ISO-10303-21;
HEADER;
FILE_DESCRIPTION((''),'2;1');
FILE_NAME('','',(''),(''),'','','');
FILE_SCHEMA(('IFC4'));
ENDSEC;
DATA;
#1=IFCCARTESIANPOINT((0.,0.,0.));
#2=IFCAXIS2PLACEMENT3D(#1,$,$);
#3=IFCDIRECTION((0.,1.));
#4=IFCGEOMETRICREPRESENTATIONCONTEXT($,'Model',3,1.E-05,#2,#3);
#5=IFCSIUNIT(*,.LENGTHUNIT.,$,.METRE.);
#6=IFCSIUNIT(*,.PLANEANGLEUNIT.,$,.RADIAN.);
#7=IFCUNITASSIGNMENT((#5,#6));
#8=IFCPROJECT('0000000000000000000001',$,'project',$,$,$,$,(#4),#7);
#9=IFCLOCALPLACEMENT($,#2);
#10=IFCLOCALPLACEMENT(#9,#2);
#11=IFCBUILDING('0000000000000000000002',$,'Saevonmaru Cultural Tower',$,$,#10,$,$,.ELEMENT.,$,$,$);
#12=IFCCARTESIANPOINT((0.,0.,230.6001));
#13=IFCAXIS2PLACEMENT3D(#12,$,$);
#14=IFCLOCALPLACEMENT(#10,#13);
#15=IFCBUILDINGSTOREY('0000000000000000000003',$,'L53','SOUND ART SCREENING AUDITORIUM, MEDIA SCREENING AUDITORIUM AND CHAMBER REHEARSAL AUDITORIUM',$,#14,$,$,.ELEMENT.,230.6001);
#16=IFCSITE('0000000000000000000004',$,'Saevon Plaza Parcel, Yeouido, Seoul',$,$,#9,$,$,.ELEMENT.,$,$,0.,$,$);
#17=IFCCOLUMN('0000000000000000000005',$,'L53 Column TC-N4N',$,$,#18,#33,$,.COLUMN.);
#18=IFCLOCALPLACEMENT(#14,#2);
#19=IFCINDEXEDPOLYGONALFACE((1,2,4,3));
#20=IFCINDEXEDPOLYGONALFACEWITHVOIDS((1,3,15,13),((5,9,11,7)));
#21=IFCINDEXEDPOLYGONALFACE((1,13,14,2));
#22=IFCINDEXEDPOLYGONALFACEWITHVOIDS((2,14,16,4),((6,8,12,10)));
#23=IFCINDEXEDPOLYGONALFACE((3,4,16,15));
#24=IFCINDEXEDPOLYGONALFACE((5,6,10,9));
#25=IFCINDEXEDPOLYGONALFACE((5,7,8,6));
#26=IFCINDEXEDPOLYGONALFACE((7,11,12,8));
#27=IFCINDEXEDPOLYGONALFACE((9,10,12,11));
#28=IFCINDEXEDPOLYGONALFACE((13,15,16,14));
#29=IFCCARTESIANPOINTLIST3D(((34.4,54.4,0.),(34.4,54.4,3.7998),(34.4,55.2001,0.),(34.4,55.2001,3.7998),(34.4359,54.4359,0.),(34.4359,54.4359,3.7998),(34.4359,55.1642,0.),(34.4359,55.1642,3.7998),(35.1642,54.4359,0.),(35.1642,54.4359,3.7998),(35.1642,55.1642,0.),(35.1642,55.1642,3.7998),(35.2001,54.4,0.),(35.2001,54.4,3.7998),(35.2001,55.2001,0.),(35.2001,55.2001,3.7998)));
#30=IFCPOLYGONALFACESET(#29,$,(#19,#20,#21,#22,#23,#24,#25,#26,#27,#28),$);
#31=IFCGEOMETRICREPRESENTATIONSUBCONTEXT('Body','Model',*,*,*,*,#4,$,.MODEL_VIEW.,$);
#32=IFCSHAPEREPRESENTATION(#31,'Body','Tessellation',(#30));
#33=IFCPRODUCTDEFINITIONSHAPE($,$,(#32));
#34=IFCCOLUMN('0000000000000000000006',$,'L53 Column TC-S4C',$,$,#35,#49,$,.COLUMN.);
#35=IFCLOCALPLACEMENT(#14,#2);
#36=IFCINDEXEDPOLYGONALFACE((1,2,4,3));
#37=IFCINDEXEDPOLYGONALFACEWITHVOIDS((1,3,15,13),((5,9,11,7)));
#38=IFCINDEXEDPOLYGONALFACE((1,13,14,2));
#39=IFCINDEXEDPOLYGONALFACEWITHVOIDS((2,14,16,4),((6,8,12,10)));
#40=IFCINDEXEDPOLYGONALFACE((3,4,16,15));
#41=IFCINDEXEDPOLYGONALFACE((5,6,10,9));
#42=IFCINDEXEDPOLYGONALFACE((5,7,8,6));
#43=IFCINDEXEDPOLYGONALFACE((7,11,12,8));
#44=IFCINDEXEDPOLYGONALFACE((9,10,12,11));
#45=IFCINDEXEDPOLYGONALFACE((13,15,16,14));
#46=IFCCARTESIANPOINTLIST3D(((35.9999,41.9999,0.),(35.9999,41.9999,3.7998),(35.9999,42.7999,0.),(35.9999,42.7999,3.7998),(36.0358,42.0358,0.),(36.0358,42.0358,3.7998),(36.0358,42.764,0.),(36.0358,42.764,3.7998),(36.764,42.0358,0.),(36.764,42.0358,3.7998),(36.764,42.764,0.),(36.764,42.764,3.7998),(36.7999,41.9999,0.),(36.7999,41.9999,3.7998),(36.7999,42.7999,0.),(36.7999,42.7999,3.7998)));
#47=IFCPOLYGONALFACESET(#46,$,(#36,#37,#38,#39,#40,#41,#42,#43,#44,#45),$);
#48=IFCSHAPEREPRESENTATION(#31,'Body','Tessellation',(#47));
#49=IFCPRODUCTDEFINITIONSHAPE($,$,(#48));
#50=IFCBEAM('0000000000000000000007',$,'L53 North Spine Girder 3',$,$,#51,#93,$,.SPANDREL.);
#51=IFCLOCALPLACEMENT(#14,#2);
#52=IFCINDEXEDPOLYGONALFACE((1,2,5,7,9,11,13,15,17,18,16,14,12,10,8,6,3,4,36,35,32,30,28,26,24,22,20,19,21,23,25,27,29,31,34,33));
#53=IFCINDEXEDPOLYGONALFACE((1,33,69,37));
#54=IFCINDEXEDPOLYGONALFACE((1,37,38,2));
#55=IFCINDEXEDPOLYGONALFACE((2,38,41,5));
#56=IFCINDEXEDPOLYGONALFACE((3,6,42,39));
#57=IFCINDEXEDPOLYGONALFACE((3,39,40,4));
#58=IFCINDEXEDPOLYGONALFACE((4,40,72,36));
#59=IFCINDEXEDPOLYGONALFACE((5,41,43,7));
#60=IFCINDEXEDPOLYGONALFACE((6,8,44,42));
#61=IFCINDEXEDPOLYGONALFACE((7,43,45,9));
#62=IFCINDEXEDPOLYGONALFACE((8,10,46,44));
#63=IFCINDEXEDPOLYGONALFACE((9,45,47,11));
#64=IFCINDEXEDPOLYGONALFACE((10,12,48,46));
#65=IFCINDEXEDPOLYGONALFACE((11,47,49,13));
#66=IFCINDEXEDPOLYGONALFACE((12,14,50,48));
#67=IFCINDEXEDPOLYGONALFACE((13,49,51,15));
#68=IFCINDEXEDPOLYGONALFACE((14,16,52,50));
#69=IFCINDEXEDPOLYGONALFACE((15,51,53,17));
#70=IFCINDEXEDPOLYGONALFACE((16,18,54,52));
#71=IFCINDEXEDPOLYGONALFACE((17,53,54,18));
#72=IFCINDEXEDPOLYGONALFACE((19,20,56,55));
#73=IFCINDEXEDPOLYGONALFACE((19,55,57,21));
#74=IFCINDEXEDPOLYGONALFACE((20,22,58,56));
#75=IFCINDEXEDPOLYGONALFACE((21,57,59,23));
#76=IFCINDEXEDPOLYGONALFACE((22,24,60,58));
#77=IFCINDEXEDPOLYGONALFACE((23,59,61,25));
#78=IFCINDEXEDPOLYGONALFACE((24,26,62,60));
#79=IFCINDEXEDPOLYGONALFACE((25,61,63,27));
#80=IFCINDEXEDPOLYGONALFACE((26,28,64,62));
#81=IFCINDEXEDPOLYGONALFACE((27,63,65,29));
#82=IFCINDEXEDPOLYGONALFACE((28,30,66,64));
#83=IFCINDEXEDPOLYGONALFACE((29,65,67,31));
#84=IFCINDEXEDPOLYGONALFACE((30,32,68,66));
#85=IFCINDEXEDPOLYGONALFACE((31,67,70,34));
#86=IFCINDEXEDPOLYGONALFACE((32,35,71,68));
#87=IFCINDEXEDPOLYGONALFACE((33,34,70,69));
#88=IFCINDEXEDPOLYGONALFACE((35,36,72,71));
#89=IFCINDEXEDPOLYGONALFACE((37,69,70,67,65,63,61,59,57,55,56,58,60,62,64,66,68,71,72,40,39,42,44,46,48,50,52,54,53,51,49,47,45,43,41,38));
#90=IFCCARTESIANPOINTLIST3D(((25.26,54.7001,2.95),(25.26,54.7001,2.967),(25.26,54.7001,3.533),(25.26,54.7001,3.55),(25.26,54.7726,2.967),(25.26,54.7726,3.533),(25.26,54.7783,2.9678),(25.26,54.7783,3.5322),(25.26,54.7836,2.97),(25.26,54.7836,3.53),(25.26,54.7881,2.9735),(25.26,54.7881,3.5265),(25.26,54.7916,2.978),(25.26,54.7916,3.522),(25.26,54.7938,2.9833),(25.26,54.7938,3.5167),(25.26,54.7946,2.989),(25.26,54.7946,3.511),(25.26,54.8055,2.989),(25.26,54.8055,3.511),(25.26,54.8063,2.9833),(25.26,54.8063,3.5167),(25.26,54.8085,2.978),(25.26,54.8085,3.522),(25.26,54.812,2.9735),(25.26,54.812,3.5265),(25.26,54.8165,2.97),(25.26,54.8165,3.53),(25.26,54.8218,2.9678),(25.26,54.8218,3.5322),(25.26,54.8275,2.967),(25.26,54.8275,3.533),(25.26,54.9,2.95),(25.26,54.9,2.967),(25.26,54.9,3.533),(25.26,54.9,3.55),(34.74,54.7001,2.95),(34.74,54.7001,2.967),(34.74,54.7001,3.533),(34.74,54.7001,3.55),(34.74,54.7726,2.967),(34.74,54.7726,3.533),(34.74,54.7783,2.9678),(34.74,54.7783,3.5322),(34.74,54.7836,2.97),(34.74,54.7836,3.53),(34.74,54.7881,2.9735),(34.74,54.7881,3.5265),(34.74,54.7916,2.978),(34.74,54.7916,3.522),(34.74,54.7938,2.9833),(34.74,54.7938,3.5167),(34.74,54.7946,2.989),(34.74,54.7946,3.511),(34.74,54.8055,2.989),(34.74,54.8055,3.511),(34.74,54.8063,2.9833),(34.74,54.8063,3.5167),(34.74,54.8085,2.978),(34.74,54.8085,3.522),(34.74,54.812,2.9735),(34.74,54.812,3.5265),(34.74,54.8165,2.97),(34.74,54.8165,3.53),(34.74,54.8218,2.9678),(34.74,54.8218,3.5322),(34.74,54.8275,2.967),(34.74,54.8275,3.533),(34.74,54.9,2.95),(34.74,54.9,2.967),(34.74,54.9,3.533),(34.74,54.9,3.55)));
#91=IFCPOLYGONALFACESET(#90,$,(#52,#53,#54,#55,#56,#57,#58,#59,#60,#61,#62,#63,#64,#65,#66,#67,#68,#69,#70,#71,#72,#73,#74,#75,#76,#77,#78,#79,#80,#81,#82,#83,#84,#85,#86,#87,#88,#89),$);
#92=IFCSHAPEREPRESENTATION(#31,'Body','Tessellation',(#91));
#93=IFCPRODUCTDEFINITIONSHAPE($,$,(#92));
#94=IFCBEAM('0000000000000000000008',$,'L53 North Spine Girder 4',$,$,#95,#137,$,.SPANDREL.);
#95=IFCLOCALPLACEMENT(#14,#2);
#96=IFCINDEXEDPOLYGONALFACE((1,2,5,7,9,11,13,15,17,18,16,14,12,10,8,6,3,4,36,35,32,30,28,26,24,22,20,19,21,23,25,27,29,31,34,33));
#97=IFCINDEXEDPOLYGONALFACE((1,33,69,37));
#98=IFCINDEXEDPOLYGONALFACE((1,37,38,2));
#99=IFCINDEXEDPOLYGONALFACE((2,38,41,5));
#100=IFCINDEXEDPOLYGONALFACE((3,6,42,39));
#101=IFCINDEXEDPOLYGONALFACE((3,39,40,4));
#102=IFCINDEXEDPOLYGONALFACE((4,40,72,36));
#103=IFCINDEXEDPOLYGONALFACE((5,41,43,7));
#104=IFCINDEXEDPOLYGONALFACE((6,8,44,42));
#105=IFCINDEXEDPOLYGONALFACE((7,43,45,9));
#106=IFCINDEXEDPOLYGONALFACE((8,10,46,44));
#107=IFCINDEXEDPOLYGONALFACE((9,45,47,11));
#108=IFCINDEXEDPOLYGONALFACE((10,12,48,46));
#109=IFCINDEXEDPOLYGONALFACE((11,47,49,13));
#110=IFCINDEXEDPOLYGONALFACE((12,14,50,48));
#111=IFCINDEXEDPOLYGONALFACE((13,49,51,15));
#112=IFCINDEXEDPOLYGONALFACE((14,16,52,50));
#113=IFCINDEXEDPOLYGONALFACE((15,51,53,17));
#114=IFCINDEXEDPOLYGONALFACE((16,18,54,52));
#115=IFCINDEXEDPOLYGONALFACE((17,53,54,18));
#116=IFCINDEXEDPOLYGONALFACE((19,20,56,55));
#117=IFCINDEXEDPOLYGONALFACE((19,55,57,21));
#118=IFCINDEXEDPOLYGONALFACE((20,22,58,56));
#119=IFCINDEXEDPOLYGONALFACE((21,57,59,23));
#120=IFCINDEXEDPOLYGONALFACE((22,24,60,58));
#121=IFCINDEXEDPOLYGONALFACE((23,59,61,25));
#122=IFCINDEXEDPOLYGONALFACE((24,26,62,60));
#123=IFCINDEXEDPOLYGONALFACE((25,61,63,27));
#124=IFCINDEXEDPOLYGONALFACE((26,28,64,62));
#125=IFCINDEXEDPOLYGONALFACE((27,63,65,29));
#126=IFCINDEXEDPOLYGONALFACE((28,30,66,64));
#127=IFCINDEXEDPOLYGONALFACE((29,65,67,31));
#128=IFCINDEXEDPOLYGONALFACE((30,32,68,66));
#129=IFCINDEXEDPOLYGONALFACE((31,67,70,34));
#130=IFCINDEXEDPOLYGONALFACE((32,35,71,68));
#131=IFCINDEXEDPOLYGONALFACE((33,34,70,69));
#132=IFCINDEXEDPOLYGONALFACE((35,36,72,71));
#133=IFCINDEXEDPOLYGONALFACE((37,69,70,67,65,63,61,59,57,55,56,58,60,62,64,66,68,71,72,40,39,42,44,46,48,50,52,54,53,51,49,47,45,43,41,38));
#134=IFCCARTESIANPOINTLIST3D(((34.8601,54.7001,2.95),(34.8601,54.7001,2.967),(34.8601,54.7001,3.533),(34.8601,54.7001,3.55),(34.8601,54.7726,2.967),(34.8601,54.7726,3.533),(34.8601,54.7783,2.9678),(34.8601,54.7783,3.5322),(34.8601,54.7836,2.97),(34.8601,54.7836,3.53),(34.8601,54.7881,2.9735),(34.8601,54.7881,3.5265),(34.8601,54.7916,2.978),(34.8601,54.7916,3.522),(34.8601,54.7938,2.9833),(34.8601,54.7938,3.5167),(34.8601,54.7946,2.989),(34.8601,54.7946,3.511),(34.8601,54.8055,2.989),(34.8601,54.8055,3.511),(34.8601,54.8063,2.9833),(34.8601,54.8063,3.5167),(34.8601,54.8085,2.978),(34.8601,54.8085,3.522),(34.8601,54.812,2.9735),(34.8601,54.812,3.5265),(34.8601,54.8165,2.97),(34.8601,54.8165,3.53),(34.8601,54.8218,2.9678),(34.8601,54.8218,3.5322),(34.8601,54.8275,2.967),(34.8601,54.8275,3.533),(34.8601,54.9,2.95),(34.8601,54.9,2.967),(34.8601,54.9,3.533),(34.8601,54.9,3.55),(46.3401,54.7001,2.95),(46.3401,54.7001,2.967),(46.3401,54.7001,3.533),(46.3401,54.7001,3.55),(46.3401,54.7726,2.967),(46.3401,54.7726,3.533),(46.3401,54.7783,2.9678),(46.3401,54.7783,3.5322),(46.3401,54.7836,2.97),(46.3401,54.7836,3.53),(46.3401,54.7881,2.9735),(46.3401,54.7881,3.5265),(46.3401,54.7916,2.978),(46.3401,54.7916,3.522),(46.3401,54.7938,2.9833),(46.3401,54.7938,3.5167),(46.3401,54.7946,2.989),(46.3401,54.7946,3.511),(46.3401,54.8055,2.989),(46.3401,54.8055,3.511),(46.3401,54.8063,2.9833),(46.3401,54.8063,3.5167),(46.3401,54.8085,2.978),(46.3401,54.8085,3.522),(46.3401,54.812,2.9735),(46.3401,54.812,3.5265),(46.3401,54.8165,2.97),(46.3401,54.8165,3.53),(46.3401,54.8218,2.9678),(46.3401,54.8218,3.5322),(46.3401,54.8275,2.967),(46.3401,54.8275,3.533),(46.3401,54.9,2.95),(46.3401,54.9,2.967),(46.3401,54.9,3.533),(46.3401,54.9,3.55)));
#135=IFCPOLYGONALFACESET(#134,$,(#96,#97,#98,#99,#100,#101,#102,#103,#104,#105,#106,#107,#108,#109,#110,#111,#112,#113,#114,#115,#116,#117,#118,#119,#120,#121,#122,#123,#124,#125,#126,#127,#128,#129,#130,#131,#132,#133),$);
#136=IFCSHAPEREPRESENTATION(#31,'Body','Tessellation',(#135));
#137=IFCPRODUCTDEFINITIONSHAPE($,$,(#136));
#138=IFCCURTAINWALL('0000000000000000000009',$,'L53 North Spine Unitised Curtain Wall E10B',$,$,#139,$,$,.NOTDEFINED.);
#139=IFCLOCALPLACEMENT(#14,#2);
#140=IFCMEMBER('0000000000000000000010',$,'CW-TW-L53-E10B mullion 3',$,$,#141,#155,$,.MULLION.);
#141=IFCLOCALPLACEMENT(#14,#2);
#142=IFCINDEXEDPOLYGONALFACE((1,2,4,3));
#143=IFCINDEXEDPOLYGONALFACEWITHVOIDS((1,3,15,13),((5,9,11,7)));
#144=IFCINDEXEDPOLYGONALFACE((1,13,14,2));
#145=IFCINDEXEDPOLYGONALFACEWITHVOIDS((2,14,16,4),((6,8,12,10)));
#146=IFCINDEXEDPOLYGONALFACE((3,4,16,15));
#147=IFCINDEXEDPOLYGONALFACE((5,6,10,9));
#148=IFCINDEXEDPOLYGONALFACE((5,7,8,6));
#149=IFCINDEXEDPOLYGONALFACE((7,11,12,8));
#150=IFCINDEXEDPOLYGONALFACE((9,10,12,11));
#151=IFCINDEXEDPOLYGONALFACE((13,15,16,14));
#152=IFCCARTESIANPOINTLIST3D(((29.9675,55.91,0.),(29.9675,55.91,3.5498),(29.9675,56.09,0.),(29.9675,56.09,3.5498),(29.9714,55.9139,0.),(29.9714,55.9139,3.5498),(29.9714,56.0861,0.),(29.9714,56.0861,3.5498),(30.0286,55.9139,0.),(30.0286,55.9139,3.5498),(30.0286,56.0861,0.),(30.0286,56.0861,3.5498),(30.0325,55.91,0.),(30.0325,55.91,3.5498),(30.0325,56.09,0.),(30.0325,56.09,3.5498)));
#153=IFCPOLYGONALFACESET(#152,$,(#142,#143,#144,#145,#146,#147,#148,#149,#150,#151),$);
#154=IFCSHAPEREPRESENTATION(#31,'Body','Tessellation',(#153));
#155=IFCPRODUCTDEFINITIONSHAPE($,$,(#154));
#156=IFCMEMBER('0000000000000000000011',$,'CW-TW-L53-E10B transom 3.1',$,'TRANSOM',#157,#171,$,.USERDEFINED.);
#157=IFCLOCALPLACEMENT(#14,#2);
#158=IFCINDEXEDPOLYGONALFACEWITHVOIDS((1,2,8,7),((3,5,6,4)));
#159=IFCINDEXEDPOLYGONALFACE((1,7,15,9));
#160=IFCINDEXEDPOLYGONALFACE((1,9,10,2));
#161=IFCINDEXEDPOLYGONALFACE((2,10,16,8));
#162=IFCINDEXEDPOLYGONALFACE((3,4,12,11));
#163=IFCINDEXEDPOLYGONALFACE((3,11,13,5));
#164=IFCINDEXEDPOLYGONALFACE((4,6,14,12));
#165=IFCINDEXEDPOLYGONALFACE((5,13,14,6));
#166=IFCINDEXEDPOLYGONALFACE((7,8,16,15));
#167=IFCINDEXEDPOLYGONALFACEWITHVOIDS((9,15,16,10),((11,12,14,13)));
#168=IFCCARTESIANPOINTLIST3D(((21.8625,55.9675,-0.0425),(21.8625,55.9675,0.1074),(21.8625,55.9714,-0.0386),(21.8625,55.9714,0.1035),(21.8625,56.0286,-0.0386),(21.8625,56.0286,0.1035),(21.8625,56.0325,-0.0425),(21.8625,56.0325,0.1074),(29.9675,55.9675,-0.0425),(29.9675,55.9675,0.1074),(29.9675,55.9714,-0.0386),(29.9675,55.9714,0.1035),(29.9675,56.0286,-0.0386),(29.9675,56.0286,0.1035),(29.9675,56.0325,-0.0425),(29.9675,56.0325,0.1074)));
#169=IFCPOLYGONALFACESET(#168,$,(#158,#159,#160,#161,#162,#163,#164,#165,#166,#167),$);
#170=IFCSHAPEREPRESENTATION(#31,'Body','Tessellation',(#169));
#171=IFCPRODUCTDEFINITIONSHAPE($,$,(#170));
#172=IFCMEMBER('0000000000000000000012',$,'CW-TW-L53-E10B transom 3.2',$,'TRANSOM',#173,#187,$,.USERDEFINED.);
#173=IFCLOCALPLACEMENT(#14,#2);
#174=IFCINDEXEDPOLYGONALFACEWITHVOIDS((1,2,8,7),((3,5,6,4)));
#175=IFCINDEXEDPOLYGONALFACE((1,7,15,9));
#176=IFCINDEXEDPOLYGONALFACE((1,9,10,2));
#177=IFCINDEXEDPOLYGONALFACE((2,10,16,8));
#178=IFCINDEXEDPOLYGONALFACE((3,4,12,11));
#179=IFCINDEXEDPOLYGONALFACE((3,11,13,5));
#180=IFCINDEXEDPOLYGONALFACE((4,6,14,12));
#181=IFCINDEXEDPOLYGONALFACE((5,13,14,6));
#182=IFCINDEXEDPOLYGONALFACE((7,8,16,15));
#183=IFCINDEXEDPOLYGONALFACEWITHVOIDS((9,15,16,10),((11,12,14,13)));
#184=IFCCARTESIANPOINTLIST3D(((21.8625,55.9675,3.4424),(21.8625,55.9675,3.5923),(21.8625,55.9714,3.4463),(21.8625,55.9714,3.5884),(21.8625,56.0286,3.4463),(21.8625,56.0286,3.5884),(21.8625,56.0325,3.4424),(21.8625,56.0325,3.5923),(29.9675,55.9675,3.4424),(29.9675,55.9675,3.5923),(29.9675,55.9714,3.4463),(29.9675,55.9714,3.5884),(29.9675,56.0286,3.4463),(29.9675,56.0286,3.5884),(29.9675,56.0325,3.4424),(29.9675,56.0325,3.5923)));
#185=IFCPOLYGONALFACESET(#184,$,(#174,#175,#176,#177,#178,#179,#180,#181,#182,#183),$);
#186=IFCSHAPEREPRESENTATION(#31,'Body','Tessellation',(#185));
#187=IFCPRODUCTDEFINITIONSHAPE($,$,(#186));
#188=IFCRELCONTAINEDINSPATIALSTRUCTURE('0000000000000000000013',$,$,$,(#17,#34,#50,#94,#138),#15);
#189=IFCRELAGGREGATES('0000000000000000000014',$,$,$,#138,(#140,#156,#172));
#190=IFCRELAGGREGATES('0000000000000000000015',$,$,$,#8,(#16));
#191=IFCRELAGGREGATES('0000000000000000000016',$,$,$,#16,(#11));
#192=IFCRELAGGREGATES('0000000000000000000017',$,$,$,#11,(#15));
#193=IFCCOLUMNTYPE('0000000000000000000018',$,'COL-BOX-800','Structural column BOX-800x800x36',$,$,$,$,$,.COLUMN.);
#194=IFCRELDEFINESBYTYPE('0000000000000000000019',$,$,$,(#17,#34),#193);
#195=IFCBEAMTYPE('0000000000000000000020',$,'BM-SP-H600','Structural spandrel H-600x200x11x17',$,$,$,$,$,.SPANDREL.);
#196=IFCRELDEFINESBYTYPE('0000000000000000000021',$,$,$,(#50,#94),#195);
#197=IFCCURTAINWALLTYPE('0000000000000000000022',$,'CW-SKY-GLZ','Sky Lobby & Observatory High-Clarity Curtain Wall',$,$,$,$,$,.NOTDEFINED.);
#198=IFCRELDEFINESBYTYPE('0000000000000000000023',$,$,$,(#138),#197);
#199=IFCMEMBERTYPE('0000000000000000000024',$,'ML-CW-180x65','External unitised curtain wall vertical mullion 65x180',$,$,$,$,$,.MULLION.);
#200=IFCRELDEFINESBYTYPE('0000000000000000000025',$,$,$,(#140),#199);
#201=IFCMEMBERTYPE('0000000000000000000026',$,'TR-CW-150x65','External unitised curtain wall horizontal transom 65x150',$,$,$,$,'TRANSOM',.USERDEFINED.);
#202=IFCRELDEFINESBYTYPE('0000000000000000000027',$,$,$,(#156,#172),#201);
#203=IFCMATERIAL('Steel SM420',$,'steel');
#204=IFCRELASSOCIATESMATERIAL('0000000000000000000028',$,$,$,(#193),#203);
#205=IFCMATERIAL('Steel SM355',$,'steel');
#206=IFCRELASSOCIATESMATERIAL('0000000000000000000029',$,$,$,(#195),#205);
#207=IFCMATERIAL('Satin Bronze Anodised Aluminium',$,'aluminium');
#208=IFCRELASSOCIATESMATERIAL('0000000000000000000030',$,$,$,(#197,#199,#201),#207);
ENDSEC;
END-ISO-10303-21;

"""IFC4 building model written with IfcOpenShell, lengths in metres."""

from ifc_helpers import new_model, si_unit, direction, frame, origin, origin_2d, place, context, subcontext, project, spatial, hollow_rectangle, i_section, extrude, material, material_profile, profile_set, type_object, element, aggregate, save


model = new_model("IFC4")

# Units and contexts
model_context = context("Model", 3, precision=1e-05, world=origin(), true_north=direction((0.0, 1.0)))
body_context = subcontext(model_context, "Body", "Model", "MODEL_VIEW")
ifc_project = project(units=[si_unit("LENGTHUNIT", "METRE"), si_unit("PLANEANGLEUNIT", "RADIAN")], contexts=[model_context])

# Site, building, storey
site_placement = place(None, origin())
site = spatial("IfcSite", under=ifc_project, at=site_placement, Name="Saevon Plaza Parcel, Yeouido, Seoul", CompositionType="ELEMENT", RefElevation=0.0)
building_placement = place(site_placement, origin())
building = spatial("IfcBuilding", under=site, at=building_placement, Name="Saevonmaru Cultural Tower", CompositionType="ELEMENT")
storey_placement = place(building_placement, frame((0.0, 0.0, 230.6001)))
storey = spatial("IfcBuildingStorey", under=building, at=storey_placement, Name="L53", Description="SOUND ART SCREENING AUDITORIUM, MEDIA SCREENING AUDITORIUM AND CHAMBER REHEARSAL AUDITORIUM", CompositionType="ELEMENT", Elevation=230.6001)

# Columns
ifc_material_1 = material(Name="Steel SM420", Category="steel")
ifc_material_profile_1 = material_profile(ifc_material_1, hollow_rectangle(XDim=0.8, YDim=0.8, WallThickness=0.0359, at=origin_2d()), Name="BOX-800x800x36")
ifc_profile_set_1 = profile_set([ifc_material_profile_1], Name="Steel SM420")
column_type = type_object("IfcColumnType", Name="COL-BOX-800", Description="Structural column BOX-800x800x36", PredefinedType="COLUMN", material=ifc_profile_set_1)
for number, where, z_axis, x_axis, name in (
    (1, (34.8, 54.8, 0.0), (0.0, 0.0, 1.0), (1.0, 0.0, 0.0), "L53 Column TC-N4N"),
    (2, (36.3999, 42.3999, 0.0), (0.0, 0.0, 1.0), (1.0, 0.0, 0.0), "L53 Column TC-S4C"),
):
    element("IfcColumn", number, at=place(storey_placement, frame(where, z_axis=z_axis, x_axis=x_axis)), inside=storey, type_object=column_type, Name=name, PredefinedType="COLUMN", context=body_context, shape_type="SweptSolid", body=[
        extrude(hollow_rectangle(XDim=0.8, YDim=0.8, WallThickness=0.0359, at=origin_2d()), origin(), (0.0, 0.0, 1.0), 3.7998),
    ])

# Beams
ifc_material_2 = material(Name="Steel SM355", Category="steel")
ifc_material_profile_2 = material_profile(ifc_material_2, i_section(OverallWidth=0.2, OverallDepth=0.6001, WebThickness=0.011, FlangeThickness=0.0171, FilletRadius=0.022, at=origin_2d()), Name="H-600x200x11x17")
ifc_profile_set_2 = profile_set([ifc_material_profile_2], Name="Steel SM355")
beam_type = type_object("IfcBeamType", Name="BM-SP-H600", Description="Structural spandrel H-600x200x11x17", PredefinedType="SPANDREL", material=ifc_profile_set_2)
beam_1_placement = place(storey_placement, frame((25.26, 54.8, 3.25), z_axis=(1.0, 0.0, 0.0), x_axis=(0.0, 1.0, 0.0)))
element("IfcBeam", 3, at=beam_1_placement, inside=storey, type_object=beam_type, Name="L53 North Spine Girder 3", PredefinedType="SPANDREL", context=body_context, shape_type="SweptSolid", body=[
    extrude(i_section(OverallWidth=0.2, OverallDepth=0.6001, WebThickness=0.011, FlangeThickness=0.0171, FilletRadius=0.022, at=origin_2d()), origin(), (0.0, 0.0, 1.0), 9.48),
])
beam_2_placement = place(storey_placement, frame((34.8601, 54.8, 3.25), z_axis=(1.0, 0.0, 0.0), x_axis=(0.0, 1.0, 0.0)))
element("IfcBeam", 4, at=beam_2_placement, inside=storey, type_object=beam_type, Name="L53 North Spine Girder 4", PredefinedType="SPANDREL", context=body_context, shape_type="SweptSolid", body=[
    extrude(i_section(OverallWidth=0.2, OverallDepth=0.6001, WebThickness=0.011, FlangeThickness=0.0171, FilletRadius=0.022, at=origin_2d()), origin(), (0.0, 0.0, 1.0), 11.48),
])

# Curtain wall, members
ifc_material_3 = material(Name="Satin Bronze Anodised Aluminium", Category="aluminium")
curtain_wall_type = type_object("IfcCurtainWallType", Name="CW-SKY-GLZ", Description="Sky Lobby & Observatory High-Clarity Curtain Wall", PredefinedType="NOTDEFINED", material=ifc_material_3)
curtain_wall_placement = place(storey_placement, origin())
curtain_wall = element("IfcCurtainWall", 5, at=curtain_wall_placement, inside=storey, type_object=curtain_wall_type, Name="L53 North Spine Unitised Curtain Wall E10B", PredefinedType="NOTDEFINED")
ifc_material_profile_3 = material_profile(ifc_material_3, hollow_rectangle(XDim=0.0649, YDim=0.1799, WallThickness=0.0039, at=origin_2d()), Name="ALU-MULL-180x65x4")
ifc_profile_set_3 = profile_set([ifc_material_profile_3], Name="Satin Bronze Anodised Aluminium")
member_type_1 = type_object("IfcMemberType", Name="ML-CW-180x65", Description="External unitised curtain wall vertical mullion 65x180", PredefinedType="MULLION", material=ifc_profile_set_3)
member_1_placement = place(storey_placement, frame((30.0, 56.0, 0.0), z_axis=(0.0, 0.0, 1.0), x_axis=(-1.0, 0.0, 0.0)))
member_1 = element("IfcMember", 6, at=member_1_placement, type_object=member_type_1, Name="CW-TW-L53-E10B mullion 3", PredefinedType="MULLION", context=body_context, shape_type="SweptSolid", body=[
    extrude(hollow_rectangle(XDim=0.0649, YDim=0.1799, WallThickness=0.0039, at=origin_2d()), origin(), (0.0, 0.0, 1.0), 3.5498),
])
ifc_material_profile_4 = material_profile(ifc_material_3, hollow_rectangle(XDim=0.0649, YDim=0.1499, WallThickness=0.0039, at=origin_2d()), Name="ALU-TRAN-150x65x4")
ifc_profile_set_4 = profile_set([ifc_material_profile_4], Name="Satin Bronze Anodised Aluminium")
member_type_2 = type_object("IfcMemberType", Name="TR-CW-150x65", Description="External unitised curtain wall horizontal transom 65x150", ElementType="TRANSOM", PredefinedType="USERDEFINED", material=ifc_profile_set_4)
member_2_placement = place(storey_placement, frame((29.9675, 56.0, 0.0325), z_axis=(-1.0, 0.0, 0.0), x_axis=(0.0, -1.0, 0.0)))
member_2 = element("IfcMember", 7, at=member_2_placement, type_object=member_type_2, Name="CW-TW-L53-E10B transom 3.1", ObjectType="TRANSOM", PredefinedType="USERDEFINED", context=body_context, shape_type="SweptSolid", body=[
    extrude(hollow_rectangle(XDim=0.0649, YDim=0.1499, WallThickness=0.0039, at=origin_2d()), origin(), (0.0, 0.0, 1.0), 8.105),
])
member_3_placement = place(storey_placement, frame((29.9675, 56.0, 3.5173), z_axis=(-1.0, 0.0, 0.0), x_axis=(0.0, -1.0, 0.0)))
member_3 = element("IfcMember", 8, at=member_3_placement, type_object=member_type_2, Name="CW-TW-L53-E10B transom 3.2", ObjectType="TRANSOM", PredefinedType="USERDEFINED", context=body_context, shape_type="SweptSolid", body=[
    extrude(hollow_rectangle(XDim=0.0649, YDim=0.1499, WallThickness=0.0039, at=origin_2d()), origin(), (0.0, 0.0, 1.0), 8.105),
])
aggregate(curtain_wall, [member_1, member_2, member_3])

save(model, "model.ifc")
